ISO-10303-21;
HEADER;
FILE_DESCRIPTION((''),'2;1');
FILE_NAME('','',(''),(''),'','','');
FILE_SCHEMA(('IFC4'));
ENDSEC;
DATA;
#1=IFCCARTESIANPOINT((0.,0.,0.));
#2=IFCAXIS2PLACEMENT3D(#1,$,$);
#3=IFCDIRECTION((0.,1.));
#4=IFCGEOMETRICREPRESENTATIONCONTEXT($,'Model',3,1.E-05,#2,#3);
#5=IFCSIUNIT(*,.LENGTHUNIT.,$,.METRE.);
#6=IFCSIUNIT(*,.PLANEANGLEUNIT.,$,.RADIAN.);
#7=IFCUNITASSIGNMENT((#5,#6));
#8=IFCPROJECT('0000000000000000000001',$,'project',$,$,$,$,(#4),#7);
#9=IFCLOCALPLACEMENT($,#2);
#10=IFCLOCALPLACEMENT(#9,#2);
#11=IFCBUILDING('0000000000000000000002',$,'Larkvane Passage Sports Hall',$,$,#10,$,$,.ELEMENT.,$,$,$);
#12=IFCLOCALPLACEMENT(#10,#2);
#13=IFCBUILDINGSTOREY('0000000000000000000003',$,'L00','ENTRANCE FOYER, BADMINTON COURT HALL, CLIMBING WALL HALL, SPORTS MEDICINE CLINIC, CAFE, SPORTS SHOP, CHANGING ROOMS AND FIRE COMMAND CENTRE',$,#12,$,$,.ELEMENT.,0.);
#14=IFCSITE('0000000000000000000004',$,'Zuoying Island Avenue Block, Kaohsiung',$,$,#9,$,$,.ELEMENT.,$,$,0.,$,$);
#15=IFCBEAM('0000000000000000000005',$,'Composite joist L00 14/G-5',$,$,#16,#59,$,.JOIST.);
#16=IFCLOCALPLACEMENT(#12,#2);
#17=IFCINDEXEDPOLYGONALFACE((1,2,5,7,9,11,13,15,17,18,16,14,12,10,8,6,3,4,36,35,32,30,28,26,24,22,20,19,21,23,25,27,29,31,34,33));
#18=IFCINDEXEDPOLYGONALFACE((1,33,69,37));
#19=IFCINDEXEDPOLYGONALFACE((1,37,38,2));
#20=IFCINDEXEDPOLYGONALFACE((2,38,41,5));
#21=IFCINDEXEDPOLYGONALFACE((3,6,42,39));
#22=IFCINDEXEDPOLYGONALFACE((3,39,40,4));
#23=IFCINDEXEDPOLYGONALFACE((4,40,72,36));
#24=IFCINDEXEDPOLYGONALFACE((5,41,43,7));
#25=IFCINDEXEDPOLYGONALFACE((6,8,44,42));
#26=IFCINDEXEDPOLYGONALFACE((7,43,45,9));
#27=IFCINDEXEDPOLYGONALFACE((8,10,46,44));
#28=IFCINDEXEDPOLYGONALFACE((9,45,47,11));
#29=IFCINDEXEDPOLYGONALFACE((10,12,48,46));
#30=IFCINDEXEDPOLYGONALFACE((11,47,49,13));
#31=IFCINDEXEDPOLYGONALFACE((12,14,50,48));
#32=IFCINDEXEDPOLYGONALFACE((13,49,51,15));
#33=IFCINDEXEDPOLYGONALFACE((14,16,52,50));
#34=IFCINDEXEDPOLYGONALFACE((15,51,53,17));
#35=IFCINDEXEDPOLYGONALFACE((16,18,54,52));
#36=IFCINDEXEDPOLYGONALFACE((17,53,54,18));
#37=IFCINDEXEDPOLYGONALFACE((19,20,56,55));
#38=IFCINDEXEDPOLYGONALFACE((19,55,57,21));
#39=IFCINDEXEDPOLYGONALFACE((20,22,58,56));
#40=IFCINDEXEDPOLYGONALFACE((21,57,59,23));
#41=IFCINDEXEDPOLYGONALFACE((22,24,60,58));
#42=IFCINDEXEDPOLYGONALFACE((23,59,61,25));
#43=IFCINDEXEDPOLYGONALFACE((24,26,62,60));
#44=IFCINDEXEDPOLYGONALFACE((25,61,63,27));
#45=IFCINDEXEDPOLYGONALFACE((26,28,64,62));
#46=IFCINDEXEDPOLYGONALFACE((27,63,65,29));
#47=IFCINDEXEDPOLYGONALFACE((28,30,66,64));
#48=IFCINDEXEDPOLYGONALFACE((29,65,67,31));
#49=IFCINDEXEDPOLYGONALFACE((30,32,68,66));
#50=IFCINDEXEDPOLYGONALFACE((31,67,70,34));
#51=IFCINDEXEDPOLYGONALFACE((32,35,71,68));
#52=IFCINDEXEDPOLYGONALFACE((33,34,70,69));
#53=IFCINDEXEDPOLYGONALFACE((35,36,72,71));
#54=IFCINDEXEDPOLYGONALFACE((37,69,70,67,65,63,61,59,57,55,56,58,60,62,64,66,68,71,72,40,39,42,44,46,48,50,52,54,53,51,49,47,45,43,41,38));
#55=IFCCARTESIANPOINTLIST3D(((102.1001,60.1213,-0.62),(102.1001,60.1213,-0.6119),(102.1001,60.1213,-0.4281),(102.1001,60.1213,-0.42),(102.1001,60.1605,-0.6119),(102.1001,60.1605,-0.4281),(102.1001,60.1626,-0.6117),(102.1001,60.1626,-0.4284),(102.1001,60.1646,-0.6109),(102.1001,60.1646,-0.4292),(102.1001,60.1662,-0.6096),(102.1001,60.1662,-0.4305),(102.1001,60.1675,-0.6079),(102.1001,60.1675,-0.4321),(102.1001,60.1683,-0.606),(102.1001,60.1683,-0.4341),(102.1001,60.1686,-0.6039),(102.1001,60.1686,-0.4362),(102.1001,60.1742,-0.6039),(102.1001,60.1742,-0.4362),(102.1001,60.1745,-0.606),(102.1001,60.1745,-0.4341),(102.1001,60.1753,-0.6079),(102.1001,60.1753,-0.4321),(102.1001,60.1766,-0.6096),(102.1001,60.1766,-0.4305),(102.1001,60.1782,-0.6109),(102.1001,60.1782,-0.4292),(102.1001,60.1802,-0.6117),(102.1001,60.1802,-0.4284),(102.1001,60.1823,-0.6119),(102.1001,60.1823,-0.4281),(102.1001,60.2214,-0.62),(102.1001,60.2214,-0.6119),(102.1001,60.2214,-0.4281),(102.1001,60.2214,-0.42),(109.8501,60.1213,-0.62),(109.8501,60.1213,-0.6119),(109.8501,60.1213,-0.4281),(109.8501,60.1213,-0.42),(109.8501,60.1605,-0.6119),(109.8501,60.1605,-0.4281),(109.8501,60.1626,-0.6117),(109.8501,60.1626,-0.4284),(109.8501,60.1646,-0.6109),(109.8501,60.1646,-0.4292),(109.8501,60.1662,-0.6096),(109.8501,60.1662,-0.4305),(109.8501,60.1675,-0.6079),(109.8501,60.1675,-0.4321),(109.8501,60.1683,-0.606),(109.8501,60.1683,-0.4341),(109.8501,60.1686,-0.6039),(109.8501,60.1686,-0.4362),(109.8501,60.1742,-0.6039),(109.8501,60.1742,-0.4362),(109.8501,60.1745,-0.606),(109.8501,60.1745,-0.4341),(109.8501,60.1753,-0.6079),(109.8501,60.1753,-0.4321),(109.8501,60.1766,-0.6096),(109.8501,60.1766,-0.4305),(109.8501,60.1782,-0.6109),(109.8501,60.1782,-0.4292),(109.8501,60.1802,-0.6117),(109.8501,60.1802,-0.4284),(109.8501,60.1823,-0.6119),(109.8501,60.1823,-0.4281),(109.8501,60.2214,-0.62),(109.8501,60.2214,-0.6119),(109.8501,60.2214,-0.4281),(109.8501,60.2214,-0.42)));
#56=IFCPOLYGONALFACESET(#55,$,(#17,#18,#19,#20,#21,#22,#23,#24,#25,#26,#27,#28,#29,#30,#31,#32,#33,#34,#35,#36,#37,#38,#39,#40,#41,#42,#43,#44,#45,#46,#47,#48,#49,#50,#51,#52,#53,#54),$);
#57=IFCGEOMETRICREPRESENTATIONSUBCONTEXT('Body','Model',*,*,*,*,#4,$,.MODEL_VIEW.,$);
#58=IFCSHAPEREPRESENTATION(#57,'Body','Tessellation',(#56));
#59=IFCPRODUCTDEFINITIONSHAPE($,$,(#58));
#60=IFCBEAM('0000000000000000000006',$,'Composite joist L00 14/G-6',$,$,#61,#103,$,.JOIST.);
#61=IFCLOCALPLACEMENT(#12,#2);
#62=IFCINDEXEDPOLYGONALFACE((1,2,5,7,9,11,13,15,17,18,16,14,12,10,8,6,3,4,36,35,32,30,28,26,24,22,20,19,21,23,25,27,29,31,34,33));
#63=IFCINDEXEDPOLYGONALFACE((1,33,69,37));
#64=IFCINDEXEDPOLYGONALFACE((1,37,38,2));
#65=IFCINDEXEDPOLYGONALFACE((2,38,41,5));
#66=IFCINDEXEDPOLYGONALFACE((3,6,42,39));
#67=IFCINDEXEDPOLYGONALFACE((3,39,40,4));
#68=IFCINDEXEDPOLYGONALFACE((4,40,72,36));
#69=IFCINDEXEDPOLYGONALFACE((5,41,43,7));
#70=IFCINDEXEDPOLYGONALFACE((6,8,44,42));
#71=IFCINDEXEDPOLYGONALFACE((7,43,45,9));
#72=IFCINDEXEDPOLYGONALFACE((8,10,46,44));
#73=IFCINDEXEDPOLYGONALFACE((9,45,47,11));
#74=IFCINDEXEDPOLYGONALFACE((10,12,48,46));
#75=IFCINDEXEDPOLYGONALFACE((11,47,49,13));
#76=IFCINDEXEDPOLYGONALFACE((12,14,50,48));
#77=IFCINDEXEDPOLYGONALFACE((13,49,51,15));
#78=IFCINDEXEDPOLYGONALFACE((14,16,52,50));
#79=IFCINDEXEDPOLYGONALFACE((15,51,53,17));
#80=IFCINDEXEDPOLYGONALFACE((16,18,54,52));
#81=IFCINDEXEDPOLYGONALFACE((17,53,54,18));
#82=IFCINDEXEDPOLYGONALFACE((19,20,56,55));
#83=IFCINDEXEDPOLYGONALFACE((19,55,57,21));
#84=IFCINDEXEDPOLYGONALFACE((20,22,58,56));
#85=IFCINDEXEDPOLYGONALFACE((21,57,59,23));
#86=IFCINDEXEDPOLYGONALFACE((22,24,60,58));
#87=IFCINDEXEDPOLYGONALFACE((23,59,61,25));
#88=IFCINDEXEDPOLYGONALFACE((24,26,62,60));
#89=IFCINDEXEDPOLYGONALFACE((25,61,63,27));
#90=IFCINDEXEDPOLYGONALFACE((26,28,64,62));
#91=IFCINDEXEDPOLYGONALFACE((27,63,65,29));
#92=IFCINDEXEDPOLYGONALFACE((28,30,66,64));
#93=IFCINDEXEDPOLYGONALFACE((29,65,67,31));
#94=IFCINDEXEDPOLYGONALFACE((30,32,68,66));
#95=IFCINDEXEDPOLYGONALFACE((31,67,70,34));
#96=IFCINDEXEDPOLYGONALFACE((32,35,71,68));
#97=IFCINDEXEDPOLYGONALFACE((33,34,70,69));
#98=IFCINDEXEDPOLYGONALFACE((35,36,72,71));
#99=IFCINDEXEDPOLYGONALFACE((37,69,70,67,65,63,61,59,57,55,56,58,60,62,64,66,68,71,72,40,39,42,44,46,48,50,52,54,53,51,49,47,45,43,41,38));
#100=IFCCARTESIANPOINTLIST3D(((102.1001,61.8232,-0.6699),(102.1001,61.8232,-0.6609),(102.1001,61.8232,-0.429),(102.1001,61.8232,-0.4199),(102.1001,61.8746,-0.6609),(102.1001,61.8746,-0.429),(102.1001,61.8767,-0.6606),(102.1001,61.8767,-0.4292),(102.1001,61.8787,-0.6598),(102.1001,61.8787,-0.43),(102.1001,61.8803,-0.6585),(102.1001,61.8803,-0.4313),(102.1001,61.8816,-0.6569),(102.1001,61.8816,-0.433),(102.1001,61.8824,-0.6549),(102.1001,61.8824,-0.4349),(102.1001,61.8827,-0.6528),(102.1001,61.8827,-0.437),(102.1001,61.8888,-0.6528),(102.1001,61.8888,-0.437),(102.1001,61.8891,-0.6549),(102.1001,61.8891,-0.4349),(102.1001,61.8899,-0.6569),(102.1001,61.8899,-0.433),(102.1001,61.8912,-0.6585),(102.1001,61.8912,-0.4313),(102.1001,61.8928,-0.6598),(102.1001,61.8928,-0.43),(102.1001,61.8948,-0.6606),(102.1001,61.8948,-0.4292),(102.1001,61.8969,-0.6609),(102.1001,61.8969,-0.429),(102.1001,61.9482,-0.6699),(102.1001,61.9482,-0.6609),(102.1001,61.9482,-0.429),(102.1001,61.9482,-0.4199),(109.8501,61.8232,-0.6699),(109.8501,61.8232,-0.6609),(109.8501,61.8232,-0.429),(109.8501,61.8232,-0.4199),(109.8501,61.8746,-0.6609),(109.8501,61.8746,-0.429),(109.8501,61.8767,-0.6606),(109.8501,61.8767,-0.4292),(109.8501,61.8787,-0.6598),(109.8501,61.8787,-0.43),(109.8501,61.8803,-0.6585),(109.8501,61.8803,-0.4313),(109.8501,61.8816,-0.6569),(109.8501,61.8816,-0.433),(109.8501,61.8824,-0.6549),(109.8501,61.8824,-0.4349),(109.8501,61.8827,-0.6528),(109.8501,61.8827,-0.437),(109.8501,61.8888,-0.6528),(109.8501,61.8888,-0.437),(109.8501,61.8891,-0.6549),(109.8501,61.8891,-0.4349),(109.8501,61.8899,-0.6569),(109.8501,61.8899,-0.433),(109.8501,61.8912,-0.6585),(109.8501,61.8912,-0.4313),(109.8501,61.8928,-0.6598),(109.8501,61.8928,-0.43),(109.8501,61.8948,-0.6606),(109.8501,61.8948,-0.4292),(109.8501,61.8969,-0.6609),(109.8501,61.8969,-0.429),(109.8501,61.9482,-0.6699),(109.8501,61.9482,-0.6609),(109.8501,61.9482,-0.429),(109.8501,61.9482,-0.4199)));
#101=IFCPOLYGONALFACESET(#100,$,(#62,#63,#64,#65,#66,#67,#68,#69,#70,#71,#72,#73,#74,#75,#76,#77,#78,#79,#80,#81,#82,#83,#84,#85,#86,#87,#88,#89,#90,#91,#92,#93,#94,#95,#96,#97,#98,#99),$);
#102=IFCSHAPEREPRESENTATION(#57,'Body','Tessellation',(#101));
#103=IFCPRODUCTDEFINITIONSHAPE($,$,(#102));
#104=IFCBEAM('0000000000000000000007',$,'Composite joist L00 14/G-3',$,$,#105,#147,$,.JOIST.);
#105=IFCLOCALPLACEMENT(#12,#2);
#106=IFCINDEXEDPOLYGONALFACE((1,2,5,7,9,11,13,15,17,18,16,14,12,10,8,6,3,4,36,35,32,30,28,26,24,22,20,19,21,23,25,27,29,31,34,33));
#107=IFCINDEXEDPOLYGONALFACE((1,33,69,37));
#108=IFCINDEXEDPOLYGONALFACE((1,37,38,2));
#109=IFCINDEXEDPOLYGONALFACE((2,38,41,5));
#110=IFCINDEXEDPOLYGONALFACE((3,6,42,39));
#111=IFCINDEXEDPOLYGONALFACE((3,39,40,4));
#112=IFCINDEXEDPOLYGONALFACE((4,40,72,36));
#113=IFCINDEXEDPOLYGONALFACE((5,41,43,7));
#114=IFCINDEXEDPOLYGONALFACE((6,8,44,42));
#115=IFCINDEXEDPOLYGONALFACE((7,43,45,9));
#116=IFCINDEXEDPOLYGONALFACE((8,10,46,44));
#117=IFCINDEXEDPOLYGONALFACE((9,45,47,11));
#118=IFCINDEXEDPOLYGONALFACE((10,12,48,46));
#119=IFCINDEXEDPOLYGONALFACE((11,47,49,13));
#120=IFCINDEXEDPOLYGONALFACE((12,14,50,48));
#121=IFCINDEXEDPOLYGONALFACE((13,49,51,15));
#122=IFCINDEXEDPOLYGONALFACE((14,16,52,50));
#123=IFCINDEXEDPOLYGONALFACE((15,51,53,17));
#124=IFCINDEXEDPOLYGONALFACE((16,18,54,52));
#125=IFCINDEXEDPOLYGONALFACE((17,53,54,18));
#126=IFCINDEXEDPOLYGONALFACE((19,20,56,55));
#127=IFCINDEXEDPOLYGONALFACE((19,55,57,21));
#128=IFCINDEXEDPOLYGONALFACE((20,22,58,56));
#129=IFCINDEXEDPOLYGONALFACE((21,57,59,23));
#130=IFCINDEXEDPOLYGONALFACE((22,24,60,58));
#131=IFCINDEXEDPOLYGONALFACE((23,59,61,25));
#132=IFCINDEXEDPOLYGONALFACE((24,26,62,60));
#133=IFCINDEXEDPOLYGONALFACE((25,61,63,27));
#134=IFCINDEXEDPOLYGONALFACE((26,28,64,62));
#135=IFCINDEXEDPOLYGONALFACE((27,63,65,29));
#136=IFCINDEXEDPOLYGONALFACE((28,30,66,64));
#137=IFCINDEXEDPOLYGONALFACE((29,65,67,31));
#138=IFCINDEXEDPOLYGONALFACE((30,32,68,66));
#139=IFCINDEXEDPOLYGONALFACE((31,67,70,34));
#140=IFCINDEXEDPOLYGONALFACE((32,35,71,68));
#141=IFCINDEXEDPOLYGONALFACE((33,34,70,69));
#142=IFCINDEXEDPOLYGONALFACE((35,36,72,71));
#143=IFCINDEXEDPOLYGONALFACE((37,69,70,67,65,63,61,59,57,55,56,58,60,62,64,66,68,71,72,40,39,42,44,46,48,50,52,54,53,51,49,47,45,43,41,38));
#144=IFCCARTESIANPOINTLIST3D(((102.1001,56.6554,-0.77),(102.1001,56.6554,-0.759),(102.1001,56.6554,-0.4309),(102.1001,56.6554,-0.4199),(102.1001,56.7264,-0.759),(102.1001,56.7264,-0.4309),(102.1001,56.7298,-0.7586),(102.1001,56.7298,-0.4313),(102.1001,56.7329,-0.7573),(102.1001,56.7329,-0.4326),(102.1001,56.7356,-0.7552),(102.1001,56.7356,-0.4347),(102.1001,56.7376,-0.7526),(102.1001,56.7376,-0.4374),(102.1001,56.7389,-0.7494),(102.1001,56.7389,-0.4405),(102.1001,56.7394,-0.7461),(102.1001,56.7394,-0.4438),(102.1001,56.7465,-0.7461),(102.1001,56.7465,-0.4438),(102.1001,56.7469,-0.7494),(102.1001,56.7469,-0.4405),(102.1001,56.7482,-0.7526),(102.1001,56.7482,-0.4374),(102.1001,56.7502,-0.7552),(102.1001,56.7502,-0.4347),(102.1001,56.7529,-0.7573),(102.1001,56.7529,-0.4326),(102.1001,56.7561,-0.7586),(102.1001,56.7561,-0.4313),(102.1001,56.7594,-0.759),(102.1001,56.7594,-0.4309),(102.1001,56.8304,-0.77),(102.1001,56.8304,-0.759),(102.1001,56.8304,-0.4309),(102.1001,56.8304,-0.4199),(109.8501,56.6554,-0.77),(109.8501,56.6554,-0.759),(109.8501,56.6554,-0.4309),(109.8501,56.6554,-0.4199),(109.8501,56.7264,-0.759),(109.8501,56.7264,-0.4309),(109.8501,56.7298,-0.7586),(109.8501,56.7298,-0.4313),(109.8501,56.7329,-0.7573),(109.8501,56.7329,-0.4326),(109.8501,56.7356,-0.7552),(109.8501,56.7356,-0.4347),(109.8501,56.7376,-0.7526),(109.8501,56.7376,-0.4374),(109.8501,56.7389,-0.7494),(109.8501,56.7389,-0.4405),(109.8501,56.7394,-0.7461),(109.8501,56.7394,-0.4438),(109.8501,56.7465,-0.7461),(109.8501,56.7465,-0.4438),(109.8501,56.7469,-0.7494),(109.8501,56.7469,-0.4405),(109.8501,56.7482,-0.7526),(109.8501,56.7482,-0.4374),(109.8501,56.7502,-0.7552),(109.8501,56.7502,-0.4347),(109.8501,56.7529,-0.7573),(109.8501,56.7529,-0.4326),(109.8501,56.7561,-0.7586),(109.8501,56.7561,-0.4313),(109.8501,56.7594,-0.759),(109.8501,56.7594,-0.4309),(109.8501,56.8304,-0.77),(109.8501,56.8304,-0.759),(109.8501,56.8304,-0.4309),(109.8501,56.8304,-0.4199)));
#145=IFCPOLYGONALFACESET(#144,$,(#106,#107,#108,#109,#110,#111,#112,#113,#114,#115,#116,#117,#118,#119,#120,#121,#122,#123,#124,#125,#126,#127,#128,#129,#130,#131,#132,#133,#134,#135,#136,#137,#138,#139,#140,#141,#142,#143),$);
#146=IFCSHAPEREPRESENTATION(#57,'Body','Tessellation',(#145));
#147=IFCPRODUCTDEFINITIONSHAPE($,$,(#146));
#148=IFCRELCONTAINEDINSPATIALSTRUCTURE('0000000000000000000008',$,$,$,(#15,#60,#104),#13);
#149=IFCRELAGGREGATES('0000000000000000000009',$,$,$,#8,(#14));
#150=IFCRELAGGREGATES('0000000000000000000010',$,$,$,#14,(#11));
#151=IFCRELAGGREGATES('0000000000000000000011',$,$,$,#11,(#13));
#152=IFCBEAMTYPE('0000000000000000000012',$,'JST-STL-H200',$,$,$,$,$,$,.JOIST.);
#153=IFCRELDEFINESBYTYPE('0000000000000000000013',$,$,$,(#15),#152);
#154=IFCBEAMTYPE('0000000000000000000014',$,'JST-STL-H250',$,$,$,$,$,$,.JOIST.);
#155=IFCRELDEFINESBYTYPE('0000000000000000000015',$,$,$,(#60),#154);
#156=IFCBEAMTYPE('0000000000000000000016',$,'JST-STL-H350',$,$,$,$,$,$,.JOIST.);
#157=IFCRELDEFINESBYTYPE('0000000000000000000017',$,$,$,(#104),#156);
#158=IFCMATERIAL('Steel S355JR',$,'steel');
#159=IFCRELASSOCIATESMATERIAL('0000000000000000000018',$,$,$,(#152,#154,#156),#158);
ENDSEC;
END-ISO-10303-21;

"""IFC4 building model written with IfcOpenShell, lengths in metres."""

from ifc_helpers import new_model, si_unit, direction, frame, origin, origin_2d, place, context, subcontext, project, spatial, i_section, extrude, material, material_profile, profile_set, type_object, element, save


model = new_model("IFC4")

# Units and contexts
model_context = context("Model", 3, precision=1e-05, world=origin(), true_north=direction((0.0, 1.0)))
body_context = subcontext(model_context, "Body", "Model", "MODEL_VIEW")
ifc_project = project(units=[si_unit("LENGTHUNIT", "METRE"), si_unit("PLANEANGLEUNIT", "RADIAN")], contexts=[model_context])

# Site, building, storey
site_placement = place(None, origin())
site = spatial("IfcSite", under=ifc_project, at=site_placement, Name="Zuoying Island Avenue Block, Kaohsiung", CompositionType="ELEMENT", RefElevation=0.0)
building_placement = place(site_placement, origin())
building = spatial("IfcBuilding", under=site, at=building_placement, Name="Larkvane Passage Sports Hall", CompositionType="ELEMENT")
storey_placement = place(building_placement, origin())
storey = spatial("IfcBuildingStorey", under=building, at=storey_placement, Name="L00", Description="ENTRANCE FOYER, BADMINTON COURT HALL, CLIMBING WALL HALL, SPORTS MEDICINE CLINIC, CAFE, SPORTS SHOP, CHANGING ROOMS AND FIRE COMMAND CENTRE", CompositionType="ELEMENT", Elevation=0.0)

# Beams
ifc_material_1 = material(Name="Steel S355JR", Category="steel")
ifc_material_profile_1 = material_profile(ifc_material_1, i_section(OverallWidth=0.1001, OverallDepth=0.2, WebThickness=0.0056, FlangeThickness=0.0081, FilletRadius=0.0081, at=origin_2d()), Name="H-200x100x5.5x8")
ifc_profile_set_1 = profile_set([ifc_material_profile_1], Name="Steel S355JR")
beam_type_1 = type_object("IfcBeamType", Name="JST-STL-H200", PredefinedType="JOIST", material=ifc_profile_set_1)
beam_1_placement = place(storey_placement, frame((102.1001, 60.1714, -0.52), z_axis=(1.0, 0.0, 0.0), x_axis=(0.0, 1.0, 0.0)))
element("IfcBeam", 1, at=beam_1_placement, inside=storey, type_object=beam_type_1, Name="Composite joist L00 14/G-5", PredefinedType="JOIST", context=body_context, shape_type="SweptSolid", body=[
    extrude(i_section(OverallWidth=0.1001, OverallDepth=0.2, WebThickness=0.0056, FlangeThickness=0.0081, FilletRadius=0.0081, at=origin_2d()), origin(), (0.0, 0.0, 1.0), 7.75),
])
ifc_material_profile_2 = material_profile(ifc_material_1, i_section(OverallWidth=0.125, OverallDepth=0.25, WebThickness=0.0061, FlangeThickness=0.009, FilletRadius=0.0081, at=origin_2d()), Name="H-250x125x6x9")
ifc_profile_set_2 = profile_set([ifc_material_profile_2], Name="Steel S355JR")
beam_type_2 = type_object("IfcBeamType", Name="JST-STL-H250", PredefinedType="JOIST", material=ifc_profile_set_2)
beam_2_placement = place(storey_placement, frame((102.1001, 61.8857, -0.5449), z_axis=(1.0, 0.0, 0.0), x_axis=(0.0, 1.0, 0.0)))
element("IfcBeam", 2, at=beam_2_placement, inside=storey, type_object=beam_type_2, Name="Composite joist L00 14/G-6", PredefinedType="JOIST", context=body_context, shape_type="SweptSolid", body=[
    extrude(i_section(OverallWidth=0.125, OverallDepth=0.25, WebThickness=0.0061, FlangeThickness=0.009, FilletRadius=0.0081, at=origin_2d()), origin(), (0.0, 0.0, 1.0), 7.75),
])
ifc_material_profile_3 = material_profile(ifc_material_1, i_section(OverallWidth=0.175, OverallDepth=0.3501, WebThickness=0.0071, FlangeThickness=0.011, FilletRadius=0.0129, at=origin_2d()), Name="H-350x175x7x11")
ifc_profile_set_3 = profile_set([ifc_material_profile_3], Name="Steel S355JR")
beam_type_3 = type_object("IfcBeamType", Name="JST-STL-H350", PredefinedType="JOIST", material=ifc_profile_set_3)
beam_3_placement = place(storey_placement, frame((102.1001, 56.7429, -0.595), z_axis=(1.0, 0.0, 0.0), x_axis=(0.0, 1.0, 0.0)))
element("IfcBeam", 3, at=beam_3_placement, inside=storey, type_object=beam_type_3, Name="Composite joist L00 14/G-3", PredefinedType="JOIST", context=body_context, shape_type="SweptSolid", body=[
    extrude(i_section(OverallWidth=0.175, OverallDepth=0.3501, WebThickness=0.0071, FlangeThickness=0.011, FilletRadius=0.0129, at=origin_2d()), origin(), (0.0, 0.0, 1.0), 7.75),
])

save(model, "model.ifc")
